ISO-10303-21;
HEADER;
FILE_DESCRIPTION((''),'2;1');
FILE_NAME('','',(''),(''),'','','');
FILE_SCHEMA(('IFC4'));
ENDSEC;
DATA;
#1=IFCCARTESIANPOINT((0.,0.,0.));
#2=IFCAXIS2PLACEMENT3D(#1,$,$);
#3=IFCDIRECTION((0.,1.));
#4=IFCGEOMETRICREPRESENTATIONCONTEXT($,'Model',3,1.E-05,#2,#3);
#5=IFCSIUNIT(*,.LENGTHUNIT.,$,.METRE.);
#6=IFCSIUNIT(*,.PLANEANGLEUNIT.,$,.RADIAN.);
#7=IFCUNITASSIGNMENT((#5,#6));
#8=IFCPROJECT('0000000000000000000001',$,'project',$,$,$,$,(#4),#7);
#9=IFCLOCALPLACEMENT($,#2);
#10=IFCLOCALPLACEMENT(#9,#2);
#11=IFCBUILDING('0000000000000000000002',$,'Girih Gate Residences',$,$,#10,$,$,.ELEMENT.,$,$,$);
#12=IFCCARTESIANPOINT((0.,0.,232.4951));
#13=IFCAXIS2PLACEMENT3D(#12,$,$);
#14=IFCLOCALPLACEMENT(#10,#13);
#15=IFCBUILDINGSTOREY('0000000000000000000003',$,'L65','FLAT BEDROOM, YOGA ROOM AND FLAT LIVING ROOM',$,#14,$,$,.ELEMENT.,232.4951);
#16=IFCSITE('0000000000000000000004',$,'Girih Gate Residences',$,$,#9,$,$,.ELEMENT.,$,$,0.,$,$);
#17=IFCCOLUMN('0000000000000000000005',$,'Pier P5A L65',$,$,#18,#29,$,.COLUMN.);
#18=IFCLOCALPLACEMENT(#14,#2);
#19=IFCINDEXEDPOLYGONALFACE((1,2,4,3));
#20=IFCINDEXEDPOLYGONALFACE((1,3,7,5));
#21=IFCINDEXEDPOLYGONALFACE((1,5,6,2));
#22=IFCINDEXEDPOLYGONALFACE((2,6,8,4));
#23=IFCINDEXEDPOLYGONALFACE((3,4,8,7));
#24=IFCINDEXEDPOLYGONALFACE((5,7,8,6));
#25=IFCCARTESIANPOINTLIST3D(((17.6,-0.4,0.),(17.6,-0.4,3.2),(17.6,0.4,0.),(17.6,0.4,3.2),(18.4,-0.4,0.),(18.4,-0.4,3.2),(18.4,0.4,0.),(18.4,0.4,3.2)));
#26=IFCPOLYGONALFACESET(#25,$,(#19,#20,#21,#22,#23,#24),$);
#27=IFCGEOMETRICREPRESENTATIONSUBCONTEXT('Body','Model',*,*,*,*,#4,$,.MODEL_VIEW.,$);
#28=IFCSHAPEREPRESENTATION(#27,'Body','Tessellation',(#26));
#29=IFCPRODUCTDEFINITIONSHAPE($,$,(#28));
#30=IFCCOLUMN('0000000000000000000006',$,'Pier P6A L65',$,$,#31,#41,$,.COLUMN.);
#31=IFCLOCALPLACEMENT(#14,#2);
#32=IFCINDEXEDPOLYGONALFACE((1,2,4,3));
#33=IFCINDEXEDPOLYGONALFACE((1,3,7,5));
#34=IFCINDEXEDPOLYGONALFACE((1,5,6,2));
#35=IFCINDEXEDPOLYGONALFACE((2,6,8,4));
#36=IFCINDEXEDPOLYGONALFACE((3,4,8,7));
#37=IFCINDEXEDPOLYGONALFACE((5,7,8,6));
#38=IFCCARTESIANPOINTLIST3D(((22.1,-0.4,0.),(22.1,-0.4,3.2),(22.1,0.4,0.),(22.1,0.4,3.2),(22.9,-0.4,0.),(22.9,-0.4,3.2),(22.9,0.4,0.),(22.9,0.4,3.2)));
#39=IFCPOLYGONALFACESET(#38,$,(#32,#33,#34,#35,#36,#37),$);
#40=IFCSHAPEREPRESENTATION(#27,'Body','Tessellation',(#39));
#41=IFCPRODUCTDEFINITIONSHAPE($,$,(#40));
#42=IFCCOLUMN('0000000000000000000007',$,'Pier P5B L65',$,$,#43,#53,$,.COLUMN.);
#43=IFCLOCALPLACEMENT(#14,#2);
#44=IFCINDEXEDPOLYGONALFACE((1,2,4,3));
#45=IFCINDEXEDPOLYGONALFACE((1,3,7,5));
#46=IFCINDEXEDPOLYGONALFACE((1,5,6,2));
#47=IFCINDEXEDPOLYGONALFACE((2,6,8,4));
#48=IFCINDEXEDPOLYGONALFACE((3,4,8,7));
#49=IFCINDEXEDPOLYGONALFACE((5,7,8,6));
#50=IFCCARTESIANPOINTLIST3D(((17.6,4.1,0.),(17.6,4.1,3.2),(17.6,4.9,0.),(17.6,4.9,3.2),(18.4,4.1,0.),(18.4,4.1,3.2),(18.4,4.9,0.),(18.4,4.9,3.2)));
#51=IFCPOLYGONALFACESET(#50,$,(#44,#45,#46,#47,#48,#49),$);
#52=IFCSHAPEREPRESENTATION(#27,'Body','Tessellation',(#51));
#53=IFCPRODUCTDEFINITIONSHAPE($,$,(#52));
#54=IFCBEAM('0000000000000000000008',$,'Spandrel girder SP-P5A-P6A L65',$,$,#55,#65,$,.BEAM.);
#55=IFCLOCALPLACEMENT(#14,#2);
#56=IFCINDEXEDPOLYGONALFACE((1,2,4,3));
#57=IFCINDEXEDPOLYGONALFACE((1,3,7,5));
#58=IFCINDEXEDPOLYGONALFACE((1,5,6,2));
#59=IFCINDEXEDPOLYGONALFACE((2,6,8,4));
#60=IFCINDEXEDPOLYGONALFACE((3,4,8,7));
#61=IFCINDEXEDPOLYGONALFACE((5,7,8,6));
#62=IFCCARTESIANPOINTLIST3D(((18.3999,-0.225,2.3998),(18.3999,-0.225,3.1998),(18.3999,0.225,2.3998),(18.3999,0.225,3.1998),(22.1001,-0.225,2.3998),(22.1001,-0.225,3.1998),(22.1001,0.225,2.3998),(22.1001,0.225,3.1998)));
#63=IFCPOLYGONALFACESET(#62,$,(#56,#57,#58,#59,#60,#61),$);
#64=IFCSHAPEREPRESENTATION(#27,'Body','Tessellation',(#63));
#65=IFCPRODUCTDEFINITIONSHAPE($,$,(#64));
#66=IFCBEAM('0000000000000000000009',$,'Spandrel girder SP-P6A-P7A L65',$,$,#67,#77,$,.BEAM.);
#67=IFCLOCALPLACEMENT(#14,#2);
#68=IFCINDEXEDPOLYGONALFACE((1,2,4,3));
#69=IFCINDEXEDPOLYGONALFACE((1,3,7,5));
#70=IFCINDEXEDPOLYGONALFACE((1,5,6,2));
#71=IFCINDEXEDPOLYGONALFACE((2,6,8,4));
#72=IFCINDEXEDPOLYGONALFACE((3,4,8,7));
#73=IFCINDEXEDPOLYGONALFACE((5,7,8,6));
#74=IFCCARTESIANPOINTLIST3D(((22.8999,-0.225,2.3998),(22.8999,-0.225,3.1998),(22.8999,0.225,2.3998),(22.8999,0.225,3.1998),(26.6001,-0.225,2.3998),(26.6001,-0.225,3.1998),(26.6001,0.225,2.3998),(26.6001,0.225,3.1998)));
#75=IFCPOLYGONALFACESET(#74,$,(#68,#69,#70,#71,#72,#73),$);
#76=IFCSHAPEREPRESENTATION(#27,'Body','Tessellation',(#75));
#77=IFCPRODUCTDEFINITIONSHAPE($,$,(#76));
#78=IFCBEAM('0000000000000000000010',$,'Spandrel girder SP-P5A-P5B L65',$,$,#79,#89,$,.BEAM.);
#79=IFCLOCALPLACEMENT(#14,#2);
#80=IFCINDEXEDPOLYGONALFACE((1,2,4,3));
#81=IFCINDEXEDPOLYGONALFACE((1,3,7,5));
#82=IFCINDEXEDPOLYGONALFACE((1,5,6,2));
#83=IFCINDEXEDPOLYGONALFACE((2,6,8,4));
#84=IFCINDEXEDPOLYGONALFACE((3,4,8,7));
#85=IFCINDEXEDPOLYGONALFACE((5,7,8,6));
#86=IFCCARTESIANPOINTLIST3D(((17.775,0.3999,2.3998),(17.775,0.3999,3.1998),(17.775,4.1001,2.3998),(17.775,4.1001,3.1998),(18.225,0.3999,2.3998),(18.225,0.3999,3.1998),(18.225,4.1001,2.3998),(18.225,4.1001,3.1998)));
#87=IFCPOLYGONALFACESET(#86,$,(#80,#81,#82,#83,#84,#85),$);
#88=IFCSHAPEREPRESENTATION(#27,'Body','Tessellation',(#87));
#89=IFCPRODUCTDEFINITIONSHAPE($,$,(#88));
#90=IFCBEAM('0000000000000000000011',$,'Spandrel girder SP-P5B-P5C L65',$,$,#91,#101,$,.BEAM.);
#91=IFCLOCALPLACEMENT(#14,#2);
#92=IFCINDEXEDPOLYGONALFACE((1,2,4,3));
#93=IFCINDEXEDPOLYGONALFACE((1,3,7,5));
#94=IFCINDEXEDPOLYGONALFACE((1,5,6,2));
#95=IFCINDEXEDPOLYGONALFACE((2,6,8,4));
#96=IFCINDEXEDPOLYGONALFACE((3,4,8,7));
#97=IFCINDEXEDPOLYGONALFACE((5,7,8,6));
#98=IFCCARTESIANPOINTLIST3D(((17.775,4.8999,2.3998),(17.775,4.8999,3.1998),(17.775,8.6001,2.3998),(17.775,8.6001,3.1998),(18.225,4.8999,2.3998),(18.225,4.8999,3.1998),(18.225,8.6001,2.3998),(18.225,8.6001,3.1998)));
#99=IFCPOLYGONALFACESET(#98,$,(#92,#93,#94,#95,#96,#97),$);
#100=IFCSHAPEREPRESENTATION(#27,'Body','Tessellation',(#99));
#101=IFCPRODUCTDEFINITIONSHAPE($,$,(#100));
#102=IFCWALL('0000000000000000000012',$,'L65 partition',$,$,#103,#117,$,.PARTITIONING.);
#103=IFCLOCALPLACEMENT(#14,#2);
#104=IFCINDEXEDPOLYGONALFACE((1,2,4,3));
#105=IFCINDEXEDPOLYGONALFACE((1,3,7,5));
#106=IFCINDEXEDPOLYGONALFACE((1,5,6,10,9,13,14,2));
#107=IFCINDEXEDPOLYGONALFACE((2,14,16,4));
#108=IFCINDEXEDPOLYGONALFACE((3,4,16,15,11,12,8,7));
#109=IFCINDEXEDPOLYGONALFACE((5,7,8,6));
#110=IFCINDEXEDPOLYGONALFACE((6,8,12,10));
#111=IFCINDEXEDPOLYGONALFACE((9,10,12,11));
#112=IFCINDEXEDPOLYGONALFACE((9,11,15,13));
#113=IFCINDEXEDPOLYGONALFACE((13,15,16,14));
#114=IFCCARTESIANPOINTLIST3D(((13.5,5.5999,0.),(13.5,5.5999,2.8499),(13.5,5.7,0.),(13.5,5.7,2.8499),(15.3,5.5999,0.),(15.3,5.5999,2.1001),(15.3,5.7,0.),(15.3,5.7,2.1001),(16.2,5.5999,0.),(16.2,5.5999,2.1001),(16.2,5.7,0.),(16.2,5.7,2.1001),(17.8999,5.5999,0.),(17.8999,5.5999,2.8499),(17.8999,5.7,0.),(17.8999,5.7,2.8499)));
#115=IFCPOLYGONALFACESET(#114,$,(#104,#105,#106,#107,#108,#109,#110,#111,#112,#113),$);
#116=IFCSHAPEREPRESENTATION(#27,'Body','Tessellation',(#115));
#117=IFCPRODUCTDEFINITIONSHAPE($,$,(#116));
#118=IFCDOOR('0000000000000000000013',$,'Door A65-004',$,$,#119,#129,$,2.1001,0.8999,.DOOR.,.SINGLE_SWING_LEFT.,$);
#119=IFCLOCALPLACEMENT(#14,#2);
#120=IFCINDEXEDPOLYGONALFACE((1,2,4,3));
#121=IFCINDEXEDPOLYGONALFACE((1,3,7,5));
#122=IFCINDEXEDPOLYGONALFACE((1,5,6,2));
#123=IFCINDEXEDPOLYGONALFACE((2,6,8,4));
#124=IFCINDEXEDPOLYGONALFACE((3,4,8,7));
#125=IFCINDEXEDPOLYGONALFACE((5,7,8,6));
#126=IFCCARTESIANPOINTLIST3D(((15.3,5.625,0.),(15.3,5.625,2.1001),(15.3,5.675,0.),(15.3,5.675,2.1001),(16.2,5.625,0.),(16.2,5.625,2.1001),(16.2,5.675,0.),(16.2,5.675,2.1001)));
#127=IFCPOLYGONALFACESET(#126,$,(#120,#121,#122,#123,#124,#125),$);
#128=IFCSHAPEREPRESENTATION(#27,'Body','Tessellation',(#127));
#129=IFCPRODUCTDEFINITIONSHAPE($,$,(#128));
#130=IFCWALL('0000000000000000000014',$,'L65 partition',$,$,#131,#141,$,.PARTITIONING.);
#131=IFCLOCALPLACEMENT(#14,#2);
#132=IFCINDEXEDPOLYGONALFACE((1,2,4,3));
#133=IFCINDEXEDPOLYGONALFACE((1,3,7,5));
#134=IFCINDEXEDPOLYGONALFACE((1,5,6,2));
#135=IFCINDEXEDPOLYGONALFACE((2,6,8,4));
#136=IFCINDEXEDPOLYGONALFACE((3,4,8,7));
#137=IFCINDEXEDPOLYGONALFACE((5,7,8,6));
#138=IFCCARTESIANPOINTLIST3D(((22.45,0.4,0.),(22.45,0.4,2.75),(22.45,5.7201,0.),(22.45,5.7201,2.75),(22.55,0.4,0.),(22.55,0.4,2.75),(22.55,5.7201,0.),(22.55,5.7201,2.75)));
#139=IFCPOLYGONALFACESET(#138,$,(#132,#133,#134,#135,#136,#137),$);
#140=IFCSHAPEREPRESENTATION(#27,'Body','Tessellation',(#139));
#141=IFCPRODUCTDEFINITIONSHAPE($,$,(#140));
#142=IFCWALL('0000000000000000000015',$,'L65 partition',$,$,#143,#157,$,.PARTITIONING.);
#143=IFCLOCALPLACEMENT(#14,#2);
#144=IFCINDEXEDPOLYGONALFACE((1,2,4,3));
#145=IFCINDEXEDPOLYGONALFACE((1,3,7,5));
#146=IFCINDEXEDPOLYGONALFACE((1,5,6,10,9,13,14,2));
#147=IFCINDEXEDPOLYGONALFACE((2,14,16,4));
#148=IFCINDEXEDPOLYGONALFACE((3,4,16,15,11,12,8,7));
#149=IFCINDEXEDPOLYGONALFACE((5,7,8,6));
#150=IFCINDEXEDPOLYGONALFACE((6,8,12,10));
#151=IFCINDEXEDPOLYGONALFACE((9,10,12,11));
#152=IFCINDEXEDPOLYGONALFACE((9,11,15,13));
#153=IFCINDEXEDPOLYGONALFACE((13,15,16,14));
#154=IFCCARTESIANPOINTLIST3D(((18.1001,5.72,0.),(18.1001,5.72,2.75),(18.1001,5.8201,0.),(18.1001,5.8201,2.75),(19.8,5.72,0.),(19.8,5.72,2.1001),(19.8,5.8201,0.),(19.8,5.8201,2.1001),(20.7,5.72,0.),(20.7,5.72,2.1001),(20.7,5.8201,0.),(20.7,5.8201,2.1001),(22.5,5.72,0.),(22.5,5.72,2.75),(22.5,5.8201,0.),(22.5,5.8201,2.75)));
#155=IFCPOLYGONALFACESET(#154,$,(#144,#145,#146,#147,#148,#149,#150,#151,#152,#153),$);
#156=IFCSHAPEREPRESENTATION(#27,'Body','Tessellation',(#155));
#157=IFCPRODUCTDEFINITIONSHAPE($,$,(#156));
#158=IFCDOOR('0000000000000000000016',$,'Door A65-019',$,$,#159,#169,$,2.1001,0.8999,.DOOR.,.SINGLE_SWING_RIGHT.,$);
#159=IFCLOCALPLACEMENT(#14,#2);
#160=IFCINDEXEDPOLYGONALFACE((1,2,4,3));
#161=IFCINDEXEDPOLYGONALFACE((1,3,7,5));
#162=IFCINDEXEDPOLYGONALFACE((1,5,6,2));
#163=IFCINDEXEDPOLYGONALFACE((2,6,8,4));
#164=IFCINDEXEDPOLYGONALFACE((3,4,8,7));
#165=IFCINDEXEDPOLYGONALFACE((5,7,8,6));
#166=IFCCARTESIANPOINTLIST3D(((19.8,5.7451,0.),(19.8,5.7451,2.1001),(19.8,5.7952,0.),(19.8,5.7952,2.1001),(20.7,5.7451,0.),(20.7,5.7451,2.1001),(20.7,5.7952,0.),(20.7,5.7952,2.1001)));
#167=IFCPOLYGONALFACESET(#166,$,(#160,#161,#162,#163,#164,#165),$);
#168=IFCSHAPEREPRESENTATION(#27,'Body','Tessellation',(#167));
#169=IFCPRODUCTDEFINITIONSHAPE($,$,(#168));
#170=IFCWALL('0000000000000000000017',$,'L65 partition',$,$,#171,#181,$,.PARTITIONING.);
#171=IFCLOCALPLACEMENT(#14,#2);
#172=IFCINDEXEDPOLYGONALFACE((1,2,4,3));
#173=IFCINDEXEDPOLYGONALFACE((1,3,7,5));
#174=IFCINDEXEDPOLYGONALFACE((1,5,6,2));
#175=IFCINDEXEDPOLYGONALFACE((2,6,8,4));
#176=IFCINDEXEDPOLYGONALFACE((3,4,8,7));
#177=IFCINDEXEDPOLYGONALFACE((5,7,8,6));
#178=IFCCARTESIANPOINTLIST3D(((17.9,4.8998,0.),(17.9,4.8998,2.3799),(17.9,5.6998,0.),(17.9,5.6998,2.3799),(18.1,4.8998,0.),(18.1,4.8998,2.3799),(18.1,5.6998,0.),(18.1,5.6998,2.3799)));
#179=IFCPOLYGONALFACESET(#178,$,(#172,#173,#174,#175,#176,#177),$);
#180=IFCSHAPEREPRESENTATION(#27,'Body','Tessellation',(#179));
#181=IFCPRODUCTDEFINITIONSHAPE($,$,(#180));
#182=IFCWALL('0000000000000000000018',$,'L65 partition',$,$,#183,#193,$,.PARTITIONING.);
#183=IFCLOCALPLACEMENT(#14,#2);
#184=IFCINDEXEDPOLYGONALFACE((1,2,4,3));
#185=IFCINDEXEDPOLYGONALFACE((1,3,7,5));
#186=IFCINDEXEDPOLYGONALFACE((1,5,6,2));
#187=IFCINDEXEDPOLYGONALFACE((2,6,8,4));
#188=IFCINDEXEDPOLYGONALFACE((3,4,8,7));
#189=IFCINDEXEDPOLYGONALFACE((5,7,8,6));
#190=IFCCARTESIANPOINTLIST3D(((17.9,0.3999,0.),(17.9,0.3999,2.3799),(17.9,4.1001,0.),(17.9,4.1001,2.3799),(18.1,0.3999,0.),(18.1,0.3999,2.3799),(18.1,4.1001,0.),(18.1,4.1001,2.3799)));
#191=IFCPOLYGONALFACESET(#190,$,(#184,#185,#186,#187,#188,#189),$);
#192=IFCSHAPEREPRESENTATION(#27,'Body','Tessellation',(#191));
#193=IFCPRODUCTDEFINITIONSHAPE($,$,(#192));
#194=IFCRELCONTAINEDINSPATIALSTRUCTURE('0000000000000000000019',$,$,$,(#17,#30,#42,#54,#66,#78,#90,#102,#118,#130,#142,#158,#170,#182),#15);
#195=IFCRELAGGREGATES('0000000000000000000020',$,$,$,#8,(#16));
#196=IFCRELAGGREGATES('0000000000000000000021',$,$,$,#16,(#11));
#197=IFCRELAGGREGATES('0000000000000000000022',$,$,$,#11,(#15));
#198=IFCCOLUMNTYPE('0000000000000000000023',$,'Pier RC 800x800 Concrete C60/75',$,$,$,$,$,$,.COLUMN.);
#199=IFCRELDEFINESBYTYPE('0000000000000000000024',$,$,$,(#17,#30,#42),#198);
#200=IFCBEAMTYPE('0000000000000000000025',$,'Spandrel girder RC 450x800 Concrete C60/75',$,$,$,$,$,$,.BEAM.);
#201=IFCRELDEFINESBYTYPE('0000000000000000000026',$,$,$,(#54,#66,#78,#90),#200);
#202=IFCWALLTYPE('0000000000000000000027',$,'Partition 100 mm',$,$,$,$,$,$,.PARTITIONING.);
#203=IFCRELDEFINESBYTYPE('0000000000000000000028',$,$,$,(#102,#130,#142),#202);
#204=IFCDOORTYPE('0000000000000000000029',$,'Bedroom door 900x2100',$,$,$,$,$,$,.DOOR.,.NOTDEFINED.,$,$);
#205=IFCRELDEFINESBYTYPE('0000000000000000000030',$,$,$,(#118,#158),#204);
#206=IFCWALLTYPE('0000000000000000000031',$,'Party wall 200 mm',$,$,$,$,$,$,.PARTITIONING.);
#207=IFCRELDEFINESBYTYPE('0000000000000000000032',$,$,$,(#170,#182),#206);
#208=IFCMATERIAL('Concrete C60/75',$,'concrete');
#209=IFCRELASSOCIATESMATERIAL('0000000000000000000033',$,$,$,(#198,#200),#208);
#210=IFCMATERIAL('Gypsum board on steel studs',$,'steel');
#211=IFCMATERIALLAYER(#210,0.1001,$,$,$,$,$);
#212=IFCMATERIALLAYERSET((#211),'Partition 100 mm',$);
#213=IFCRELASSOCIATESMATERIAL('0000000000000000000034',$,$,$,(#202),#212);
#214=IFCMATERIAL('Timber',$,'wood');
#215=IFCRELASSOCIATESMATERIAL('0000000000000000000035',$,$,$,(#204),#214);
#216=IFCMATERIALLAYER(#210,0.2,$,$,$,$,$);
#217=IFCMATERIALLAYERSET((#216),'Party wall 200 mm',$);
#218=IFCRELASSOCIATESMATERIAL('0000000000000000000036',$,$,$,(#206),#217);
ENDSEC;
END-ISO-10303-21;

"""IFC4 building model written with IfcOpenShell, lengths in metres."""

from ifc_helpers import new_model, si_unit, direction, frame, frame_2d, origin, origin_2d, place, context, subcontext, project, spatial, rectangle, extrude, material, layer, layer_set, material_profile, profile_set, type_object, element, fill, save


model = new_model("IFC4")

# Units and contexts
model_context = context("Model", 3, precision=1e-05, world=origin(), true_north=direction((0.0, 1.0)))
body_context = subcontext(model_context, "Body", "Model", "MODEL_VIEW")
ifc_project = project(units=[si_unit("LENGTHUNIT", "METRE"), si_unit("PLANEANGLEUNIT", "RADIAN")], contexts=[model_context])

# Site, building, storey
site_placement = place(None, origin())
site = spatial("IfcSite", under=ifc_project, at=site_placement, Name="Girih Gate Residences", CompositionType="ELEMENT", RefElevation=0.0)
building_placement = place(site_placement, origin())
building = spatial("IfcBuilding", under=site, at=building_placement, Name="Girih Gate Residences", CompositionType="ELEMENT")
storey_placement = place(building_placement, frame((0.0, 0.0, 232.4951)))
storey = spatial("IfcBuildingStorey", under=building, at=storey_placement, Name="L65", Description="FLAT BEDROOM, YOGA ROOM AND FLAT LIVING ROOM", CompositionType="ELEMENT", Elevation=232.4951)

# Columns
ifc_material_1 = material(Name="Concrete C60/75", Category="concrete")
ifc_material_profile_1 = material_profile(ifc_material_1, rectangle(XDim=0.8, YDim=0.8, at=origin_2d()))
ifc_profile_set_1 = profile_set([ifc_material_profile_1], Name="Concrete C60/75")
column_type = type_object("IfcColumnType", Name="Pier RC 800x800 Concrete C60/75", PredefinedType="COLUMN", material=ifc_profile_set_1)
for number, where, z_axis, x_axis, name in (
    (1, (18.0, 0.0, 0.0), (0.0, 0.0, 1.0), (1.0, 0.0, 0.0), "Pier P5A L65"),
    (2, (22.5, 0.0, 0.0), (0.0, 0.0, 1.0), (1.0, 0.0, 0.0), "Pier P6A L65"),
    (3, (18.0, 4.5, 0.0), (0.0, 0.0, 1.0), (1.0, 0.0, 0.0), "Pier P5B L65"),
):
    element("IfcColumn", number, at=place(storey_placement, frame(where, z_axis=z_axis, x_axis=x_axis)), inside=storey, type_object=column_type, Name=name, PredefinedType="COLUMN", context=body_context, shape_type="SweptSolid", body=[
        extrude(rectangle(XDim=0.8, YDim=0.8, at=origin_2d()), origin(), (0.0, 0.0, 1.0), 3.2),
    ])

# Beams
ifc_material_profile_2 = material_profile(ifc_material_1, rectangle(XDim=0.45, YDim=0.8, at=origin_2d()))
ifc_profile_set_2 = profile_set([ifc_material_profile_2], Name="Concrete C60/75")
beam_type = type_object("IfcBeamType", Name="Spandrel girder RC 450x800 Concrete C60/75", PredefinedType="BEAM", material=ifc_profile_set_2)
for number, where, z_axis, x_axis, name in (
    (4, (18.3999, 0.0, 2.7998), (1.0, 0.0, 0.0), (0.0, 1.0, 0.0), "Spandrel girder SP-P5A-P6A L65"),
    (5, (22.8999, 0.0, 2.7998), (1.0, 0.0, 0.0), (0.0, 1.0, 0.0), "Spandrel girder SP-P6A-P7A L65"),
    (6, (18.0, 0.3999, 2.7998), (0.0, 1.0, 0.0), (-1.0, 0.0, 0.0), "Spandrel girder SP-P5A-P5B L65"),
    (7, (18.0, 4.8999, 2.7998), (0.0, 1.0, 0.0), (-1.0, 0.0, 0.0), "Spandrel girder SP-P5B-P5C L65"),
):
    element("IfcBeam", number, at=place(storey_placement, frame(where, z_axis=z_axis, x_axis=x_axis)), inside=storey, type_object=beam_type, Name=name, PredefinedType="BEAM", context=body_context, shape_type="SweptSolid", body=[
        extrude(rectangle(XDim=0.45, YDim=0.8, at=origin_2d()), origin(), (0.0, 0.0, 1.0), 3.7002),
    ])

# Wall, opening, door
ifc_material_2 = material(Name="Gypsum board on steel studs", Category="steel")
ifc_layer_1 = layer(ifc_material_2, 0.1001)
ifc_layer_set_1 = layer_set([ifc_layer_1], Name="Partition 100 mm")
wall_type_1 = type_object("IfcWallType", Name="Partition 100 mm", PredefinedType="PARTITIONING", material=ifc_layer_set_1)
wall_1_placement = place(storey_placement, frame((17.8999, 5.6499, 0.0), z_axis=(0.0, 0.0, 1.0), x_axis=(-1.0, 0.0, 0.0)))
wall_1 = element("IfcWall", 8, at=wall_1_placement, inside=storey, type_object=wall_type_1, Name="L65 partition", PredefinedType="PARTITIONING", context=body_context, shape_type="SweptSolid", body=[
    extrude(rectangle(XDim=4.3999, YDim=0.1001, at=frame_2d((2.2, 0.0))), origin(), (0.0, 0.0, 1.0), 2.8499),
])
opening_1_placement = place(wall_1_placement, frame((1.7, 0.0, 0.0)))
opening_1 = element("IfcOpeningElement", 9, at=opening_1_placement, cuts=wall_1, PredefinedType="OPENING", context=body_context, shape_type="SweptSolid", body=[
    extrude(rectangle(XDim=0.8999, YDim=2.1001, at=frame_2d((0.45, 1.05))), frame((0.0, 0.0601, 0.0), z_axis=(0.0, -1.0, 0.0), x_axis=(1.0, 0.0, 0.0)), (0.0, 0.0, 1.0), 0.1201),
])
ifc_material_3 = material(Name="Timber", Category="wood")
door_type_1 = type_object("IfcDoorType", Name="Bedroom door 900x2100", OperationType="NOTDEFINED", PredefinedType="DOOR", material=ifc_material_3)
door_1_placement = place(opening_1_placement, origin())
door_1 = element("IfcDoor", 10, at=door_1_placement, inside=storey, type_object=door_type_1, Name="Door A65-004", OperationType="SINGLE_SWING_LEFT", OverallHeight=2.1001, OverallWidth=0.8999, PredefinedType="DOOR", context=body_context, shape_type="SweptSolid", body=[
    extrude(rectangle(XDim=0.8999, YDim=2.1001, at=frame_2d((0.45, 1.05))), frame((0.0, 0.0249, 0.0), z_axis=(0.0, -1.0, 0.0), x_axis=(1.0, 0.0, 0.0)), (0.0, 0.0, 1.0), 0.05),
])
fill(opening_1, door_1)

# Wall
wall_2_placement = place(storey_placement, frame((22.5, 0.3999, 0.0), z_axis=(0.0, 0.0, 1.0), x_axis=(0.0, 1.0, 0.0)))
element("IfcWall", 11, at=wall_2_placement, inside=storey, type_object=wall_type_1, Name="L65 partition", PredefinedType="PARTITIONING", context=body_context, shape_type="SweptSolid", body=[
    extrude(rectangle(XDim=5.3201, YDim=0.1001, at=frame_2d((2.6602, 0.0))), origin(), (0.0, 0.0, 1.0), 2.75),
])

# Wall, opening, door
wall_3_placement = place(storey_placement, frame((22.5, 5.77, 0.0), z_axis=(0.0, 0.0, 1.0), x_axis=(-1.0, 0.0, 0.0)))
wall_3 = element("IfcWall", 12, at=wall_3_placement, inside=storey, type_object=wall_type_1, Name="L65 partition", PredefinedType="PARTITIONING", context=body_context, shape_type="SweptSolid", body=[
    extrude(rectangle(XDim=4.3999, YDim=0.1001, at=frame_2d((2.2, 0.0))), origin(), (0.0, 0.0, 1.0), 2.75),
])
opening_2_placement = place(wall_3_placement, frame((1.8, 0.0, 0.0)))
opening_2 = element("IfcOpeningElement", 13, at=opening_2_placement, cuts=wall_3, PredefinedType="OPENING", context=body_context, shape_type="SweptSolid", body=[
    extrude(rectangle(XDim=0.8999, YDim=2.1001, at=frame_2d((0.45, 1.05))), frame((0.0, 0.0601, 0.0), z_axis=(0.0, -1.0, 0.0), x_axis=(1.0, 0.0, 0.0)), (0.0, 0.0, 1.0), 0.1201),
])
door_2_placement = place(opening_2_placement, origin())
door_2 = element("IfcDoor", 14, at=door_2_placement, inside=storey, type_object=door_type_1, Name="Door A65-019", OperationType="SINGLE_SWING_RIGHT", OverallHeight=2.1001, OverallWidth=0.8999, PredefinedType="DOOR", context=body_context, shape_type="SweptSolid", body=[
    extrude(rectangle(XDim=0.8999, YDim=2.1001, at=frame_2d((0.45, 1.05))), frame((0.0, 0.0249, 0.0), z_axis=(0.0, -1.0, 0.0), x_axis=(1.0, 0.0, 0.0)), (0.0, 0.0, 1.0), 0.05),
])
fill(opening_2, door_2)

# Walls
ifc_layer_2 = layer(ifc_material_2, 0.2)
ifc_layer_set_2 = layer_set([ifc_layer_2], Name="Party wall 200 mm")
wall_type_2 = type_object("IfcWallType", Name="Party wall 200 mm", PredefinedType="PARTITIONING", material=ifc_layer_set_2)
wall_4_placement = place(storey_placement, frame((18.0, 4.8999, 0.0), z_axis=(0.0, 0.0, 1.0), x_axis=(0.0, 1.0, 0.0)))
element("IfcWall", 15, at=wall_4_placement, inside=storey, type_object=wall_type_2, Name="L65 partition", PredefinedType="PARTITIONING", context=body_context, shape_type="SweptSolid", body=[
    extrude(rectangle(XDim=0.8, YDim=0.2, at=frame_2d((0.3999, 0.0))), origin(), (0.0, 0.0, 1.0), 2.3799),
])
wall_5_placement = place(storey_placement, frame((18.0, 0.3999, 0.0), z_axis=(0.0, 0.0, 1.0), x_axis=(0.0, 1.0, 0.0)))
element("IfcWall", 16, at=wall_5_placement, inside=storey, type_object=wall_type_2, Name="L65 partition", PredefinedType="PARTITIONING", context=body_context, shape_type="SweptSolid", body=[
    extrude(rectangle(XDim=3.7002, YDim=0.2, at=frame_2d((1.8501, 0.0))), origin(), (0.0, 0.0, 1.0), 2.3799),
])

save(model, "model.ifc")
